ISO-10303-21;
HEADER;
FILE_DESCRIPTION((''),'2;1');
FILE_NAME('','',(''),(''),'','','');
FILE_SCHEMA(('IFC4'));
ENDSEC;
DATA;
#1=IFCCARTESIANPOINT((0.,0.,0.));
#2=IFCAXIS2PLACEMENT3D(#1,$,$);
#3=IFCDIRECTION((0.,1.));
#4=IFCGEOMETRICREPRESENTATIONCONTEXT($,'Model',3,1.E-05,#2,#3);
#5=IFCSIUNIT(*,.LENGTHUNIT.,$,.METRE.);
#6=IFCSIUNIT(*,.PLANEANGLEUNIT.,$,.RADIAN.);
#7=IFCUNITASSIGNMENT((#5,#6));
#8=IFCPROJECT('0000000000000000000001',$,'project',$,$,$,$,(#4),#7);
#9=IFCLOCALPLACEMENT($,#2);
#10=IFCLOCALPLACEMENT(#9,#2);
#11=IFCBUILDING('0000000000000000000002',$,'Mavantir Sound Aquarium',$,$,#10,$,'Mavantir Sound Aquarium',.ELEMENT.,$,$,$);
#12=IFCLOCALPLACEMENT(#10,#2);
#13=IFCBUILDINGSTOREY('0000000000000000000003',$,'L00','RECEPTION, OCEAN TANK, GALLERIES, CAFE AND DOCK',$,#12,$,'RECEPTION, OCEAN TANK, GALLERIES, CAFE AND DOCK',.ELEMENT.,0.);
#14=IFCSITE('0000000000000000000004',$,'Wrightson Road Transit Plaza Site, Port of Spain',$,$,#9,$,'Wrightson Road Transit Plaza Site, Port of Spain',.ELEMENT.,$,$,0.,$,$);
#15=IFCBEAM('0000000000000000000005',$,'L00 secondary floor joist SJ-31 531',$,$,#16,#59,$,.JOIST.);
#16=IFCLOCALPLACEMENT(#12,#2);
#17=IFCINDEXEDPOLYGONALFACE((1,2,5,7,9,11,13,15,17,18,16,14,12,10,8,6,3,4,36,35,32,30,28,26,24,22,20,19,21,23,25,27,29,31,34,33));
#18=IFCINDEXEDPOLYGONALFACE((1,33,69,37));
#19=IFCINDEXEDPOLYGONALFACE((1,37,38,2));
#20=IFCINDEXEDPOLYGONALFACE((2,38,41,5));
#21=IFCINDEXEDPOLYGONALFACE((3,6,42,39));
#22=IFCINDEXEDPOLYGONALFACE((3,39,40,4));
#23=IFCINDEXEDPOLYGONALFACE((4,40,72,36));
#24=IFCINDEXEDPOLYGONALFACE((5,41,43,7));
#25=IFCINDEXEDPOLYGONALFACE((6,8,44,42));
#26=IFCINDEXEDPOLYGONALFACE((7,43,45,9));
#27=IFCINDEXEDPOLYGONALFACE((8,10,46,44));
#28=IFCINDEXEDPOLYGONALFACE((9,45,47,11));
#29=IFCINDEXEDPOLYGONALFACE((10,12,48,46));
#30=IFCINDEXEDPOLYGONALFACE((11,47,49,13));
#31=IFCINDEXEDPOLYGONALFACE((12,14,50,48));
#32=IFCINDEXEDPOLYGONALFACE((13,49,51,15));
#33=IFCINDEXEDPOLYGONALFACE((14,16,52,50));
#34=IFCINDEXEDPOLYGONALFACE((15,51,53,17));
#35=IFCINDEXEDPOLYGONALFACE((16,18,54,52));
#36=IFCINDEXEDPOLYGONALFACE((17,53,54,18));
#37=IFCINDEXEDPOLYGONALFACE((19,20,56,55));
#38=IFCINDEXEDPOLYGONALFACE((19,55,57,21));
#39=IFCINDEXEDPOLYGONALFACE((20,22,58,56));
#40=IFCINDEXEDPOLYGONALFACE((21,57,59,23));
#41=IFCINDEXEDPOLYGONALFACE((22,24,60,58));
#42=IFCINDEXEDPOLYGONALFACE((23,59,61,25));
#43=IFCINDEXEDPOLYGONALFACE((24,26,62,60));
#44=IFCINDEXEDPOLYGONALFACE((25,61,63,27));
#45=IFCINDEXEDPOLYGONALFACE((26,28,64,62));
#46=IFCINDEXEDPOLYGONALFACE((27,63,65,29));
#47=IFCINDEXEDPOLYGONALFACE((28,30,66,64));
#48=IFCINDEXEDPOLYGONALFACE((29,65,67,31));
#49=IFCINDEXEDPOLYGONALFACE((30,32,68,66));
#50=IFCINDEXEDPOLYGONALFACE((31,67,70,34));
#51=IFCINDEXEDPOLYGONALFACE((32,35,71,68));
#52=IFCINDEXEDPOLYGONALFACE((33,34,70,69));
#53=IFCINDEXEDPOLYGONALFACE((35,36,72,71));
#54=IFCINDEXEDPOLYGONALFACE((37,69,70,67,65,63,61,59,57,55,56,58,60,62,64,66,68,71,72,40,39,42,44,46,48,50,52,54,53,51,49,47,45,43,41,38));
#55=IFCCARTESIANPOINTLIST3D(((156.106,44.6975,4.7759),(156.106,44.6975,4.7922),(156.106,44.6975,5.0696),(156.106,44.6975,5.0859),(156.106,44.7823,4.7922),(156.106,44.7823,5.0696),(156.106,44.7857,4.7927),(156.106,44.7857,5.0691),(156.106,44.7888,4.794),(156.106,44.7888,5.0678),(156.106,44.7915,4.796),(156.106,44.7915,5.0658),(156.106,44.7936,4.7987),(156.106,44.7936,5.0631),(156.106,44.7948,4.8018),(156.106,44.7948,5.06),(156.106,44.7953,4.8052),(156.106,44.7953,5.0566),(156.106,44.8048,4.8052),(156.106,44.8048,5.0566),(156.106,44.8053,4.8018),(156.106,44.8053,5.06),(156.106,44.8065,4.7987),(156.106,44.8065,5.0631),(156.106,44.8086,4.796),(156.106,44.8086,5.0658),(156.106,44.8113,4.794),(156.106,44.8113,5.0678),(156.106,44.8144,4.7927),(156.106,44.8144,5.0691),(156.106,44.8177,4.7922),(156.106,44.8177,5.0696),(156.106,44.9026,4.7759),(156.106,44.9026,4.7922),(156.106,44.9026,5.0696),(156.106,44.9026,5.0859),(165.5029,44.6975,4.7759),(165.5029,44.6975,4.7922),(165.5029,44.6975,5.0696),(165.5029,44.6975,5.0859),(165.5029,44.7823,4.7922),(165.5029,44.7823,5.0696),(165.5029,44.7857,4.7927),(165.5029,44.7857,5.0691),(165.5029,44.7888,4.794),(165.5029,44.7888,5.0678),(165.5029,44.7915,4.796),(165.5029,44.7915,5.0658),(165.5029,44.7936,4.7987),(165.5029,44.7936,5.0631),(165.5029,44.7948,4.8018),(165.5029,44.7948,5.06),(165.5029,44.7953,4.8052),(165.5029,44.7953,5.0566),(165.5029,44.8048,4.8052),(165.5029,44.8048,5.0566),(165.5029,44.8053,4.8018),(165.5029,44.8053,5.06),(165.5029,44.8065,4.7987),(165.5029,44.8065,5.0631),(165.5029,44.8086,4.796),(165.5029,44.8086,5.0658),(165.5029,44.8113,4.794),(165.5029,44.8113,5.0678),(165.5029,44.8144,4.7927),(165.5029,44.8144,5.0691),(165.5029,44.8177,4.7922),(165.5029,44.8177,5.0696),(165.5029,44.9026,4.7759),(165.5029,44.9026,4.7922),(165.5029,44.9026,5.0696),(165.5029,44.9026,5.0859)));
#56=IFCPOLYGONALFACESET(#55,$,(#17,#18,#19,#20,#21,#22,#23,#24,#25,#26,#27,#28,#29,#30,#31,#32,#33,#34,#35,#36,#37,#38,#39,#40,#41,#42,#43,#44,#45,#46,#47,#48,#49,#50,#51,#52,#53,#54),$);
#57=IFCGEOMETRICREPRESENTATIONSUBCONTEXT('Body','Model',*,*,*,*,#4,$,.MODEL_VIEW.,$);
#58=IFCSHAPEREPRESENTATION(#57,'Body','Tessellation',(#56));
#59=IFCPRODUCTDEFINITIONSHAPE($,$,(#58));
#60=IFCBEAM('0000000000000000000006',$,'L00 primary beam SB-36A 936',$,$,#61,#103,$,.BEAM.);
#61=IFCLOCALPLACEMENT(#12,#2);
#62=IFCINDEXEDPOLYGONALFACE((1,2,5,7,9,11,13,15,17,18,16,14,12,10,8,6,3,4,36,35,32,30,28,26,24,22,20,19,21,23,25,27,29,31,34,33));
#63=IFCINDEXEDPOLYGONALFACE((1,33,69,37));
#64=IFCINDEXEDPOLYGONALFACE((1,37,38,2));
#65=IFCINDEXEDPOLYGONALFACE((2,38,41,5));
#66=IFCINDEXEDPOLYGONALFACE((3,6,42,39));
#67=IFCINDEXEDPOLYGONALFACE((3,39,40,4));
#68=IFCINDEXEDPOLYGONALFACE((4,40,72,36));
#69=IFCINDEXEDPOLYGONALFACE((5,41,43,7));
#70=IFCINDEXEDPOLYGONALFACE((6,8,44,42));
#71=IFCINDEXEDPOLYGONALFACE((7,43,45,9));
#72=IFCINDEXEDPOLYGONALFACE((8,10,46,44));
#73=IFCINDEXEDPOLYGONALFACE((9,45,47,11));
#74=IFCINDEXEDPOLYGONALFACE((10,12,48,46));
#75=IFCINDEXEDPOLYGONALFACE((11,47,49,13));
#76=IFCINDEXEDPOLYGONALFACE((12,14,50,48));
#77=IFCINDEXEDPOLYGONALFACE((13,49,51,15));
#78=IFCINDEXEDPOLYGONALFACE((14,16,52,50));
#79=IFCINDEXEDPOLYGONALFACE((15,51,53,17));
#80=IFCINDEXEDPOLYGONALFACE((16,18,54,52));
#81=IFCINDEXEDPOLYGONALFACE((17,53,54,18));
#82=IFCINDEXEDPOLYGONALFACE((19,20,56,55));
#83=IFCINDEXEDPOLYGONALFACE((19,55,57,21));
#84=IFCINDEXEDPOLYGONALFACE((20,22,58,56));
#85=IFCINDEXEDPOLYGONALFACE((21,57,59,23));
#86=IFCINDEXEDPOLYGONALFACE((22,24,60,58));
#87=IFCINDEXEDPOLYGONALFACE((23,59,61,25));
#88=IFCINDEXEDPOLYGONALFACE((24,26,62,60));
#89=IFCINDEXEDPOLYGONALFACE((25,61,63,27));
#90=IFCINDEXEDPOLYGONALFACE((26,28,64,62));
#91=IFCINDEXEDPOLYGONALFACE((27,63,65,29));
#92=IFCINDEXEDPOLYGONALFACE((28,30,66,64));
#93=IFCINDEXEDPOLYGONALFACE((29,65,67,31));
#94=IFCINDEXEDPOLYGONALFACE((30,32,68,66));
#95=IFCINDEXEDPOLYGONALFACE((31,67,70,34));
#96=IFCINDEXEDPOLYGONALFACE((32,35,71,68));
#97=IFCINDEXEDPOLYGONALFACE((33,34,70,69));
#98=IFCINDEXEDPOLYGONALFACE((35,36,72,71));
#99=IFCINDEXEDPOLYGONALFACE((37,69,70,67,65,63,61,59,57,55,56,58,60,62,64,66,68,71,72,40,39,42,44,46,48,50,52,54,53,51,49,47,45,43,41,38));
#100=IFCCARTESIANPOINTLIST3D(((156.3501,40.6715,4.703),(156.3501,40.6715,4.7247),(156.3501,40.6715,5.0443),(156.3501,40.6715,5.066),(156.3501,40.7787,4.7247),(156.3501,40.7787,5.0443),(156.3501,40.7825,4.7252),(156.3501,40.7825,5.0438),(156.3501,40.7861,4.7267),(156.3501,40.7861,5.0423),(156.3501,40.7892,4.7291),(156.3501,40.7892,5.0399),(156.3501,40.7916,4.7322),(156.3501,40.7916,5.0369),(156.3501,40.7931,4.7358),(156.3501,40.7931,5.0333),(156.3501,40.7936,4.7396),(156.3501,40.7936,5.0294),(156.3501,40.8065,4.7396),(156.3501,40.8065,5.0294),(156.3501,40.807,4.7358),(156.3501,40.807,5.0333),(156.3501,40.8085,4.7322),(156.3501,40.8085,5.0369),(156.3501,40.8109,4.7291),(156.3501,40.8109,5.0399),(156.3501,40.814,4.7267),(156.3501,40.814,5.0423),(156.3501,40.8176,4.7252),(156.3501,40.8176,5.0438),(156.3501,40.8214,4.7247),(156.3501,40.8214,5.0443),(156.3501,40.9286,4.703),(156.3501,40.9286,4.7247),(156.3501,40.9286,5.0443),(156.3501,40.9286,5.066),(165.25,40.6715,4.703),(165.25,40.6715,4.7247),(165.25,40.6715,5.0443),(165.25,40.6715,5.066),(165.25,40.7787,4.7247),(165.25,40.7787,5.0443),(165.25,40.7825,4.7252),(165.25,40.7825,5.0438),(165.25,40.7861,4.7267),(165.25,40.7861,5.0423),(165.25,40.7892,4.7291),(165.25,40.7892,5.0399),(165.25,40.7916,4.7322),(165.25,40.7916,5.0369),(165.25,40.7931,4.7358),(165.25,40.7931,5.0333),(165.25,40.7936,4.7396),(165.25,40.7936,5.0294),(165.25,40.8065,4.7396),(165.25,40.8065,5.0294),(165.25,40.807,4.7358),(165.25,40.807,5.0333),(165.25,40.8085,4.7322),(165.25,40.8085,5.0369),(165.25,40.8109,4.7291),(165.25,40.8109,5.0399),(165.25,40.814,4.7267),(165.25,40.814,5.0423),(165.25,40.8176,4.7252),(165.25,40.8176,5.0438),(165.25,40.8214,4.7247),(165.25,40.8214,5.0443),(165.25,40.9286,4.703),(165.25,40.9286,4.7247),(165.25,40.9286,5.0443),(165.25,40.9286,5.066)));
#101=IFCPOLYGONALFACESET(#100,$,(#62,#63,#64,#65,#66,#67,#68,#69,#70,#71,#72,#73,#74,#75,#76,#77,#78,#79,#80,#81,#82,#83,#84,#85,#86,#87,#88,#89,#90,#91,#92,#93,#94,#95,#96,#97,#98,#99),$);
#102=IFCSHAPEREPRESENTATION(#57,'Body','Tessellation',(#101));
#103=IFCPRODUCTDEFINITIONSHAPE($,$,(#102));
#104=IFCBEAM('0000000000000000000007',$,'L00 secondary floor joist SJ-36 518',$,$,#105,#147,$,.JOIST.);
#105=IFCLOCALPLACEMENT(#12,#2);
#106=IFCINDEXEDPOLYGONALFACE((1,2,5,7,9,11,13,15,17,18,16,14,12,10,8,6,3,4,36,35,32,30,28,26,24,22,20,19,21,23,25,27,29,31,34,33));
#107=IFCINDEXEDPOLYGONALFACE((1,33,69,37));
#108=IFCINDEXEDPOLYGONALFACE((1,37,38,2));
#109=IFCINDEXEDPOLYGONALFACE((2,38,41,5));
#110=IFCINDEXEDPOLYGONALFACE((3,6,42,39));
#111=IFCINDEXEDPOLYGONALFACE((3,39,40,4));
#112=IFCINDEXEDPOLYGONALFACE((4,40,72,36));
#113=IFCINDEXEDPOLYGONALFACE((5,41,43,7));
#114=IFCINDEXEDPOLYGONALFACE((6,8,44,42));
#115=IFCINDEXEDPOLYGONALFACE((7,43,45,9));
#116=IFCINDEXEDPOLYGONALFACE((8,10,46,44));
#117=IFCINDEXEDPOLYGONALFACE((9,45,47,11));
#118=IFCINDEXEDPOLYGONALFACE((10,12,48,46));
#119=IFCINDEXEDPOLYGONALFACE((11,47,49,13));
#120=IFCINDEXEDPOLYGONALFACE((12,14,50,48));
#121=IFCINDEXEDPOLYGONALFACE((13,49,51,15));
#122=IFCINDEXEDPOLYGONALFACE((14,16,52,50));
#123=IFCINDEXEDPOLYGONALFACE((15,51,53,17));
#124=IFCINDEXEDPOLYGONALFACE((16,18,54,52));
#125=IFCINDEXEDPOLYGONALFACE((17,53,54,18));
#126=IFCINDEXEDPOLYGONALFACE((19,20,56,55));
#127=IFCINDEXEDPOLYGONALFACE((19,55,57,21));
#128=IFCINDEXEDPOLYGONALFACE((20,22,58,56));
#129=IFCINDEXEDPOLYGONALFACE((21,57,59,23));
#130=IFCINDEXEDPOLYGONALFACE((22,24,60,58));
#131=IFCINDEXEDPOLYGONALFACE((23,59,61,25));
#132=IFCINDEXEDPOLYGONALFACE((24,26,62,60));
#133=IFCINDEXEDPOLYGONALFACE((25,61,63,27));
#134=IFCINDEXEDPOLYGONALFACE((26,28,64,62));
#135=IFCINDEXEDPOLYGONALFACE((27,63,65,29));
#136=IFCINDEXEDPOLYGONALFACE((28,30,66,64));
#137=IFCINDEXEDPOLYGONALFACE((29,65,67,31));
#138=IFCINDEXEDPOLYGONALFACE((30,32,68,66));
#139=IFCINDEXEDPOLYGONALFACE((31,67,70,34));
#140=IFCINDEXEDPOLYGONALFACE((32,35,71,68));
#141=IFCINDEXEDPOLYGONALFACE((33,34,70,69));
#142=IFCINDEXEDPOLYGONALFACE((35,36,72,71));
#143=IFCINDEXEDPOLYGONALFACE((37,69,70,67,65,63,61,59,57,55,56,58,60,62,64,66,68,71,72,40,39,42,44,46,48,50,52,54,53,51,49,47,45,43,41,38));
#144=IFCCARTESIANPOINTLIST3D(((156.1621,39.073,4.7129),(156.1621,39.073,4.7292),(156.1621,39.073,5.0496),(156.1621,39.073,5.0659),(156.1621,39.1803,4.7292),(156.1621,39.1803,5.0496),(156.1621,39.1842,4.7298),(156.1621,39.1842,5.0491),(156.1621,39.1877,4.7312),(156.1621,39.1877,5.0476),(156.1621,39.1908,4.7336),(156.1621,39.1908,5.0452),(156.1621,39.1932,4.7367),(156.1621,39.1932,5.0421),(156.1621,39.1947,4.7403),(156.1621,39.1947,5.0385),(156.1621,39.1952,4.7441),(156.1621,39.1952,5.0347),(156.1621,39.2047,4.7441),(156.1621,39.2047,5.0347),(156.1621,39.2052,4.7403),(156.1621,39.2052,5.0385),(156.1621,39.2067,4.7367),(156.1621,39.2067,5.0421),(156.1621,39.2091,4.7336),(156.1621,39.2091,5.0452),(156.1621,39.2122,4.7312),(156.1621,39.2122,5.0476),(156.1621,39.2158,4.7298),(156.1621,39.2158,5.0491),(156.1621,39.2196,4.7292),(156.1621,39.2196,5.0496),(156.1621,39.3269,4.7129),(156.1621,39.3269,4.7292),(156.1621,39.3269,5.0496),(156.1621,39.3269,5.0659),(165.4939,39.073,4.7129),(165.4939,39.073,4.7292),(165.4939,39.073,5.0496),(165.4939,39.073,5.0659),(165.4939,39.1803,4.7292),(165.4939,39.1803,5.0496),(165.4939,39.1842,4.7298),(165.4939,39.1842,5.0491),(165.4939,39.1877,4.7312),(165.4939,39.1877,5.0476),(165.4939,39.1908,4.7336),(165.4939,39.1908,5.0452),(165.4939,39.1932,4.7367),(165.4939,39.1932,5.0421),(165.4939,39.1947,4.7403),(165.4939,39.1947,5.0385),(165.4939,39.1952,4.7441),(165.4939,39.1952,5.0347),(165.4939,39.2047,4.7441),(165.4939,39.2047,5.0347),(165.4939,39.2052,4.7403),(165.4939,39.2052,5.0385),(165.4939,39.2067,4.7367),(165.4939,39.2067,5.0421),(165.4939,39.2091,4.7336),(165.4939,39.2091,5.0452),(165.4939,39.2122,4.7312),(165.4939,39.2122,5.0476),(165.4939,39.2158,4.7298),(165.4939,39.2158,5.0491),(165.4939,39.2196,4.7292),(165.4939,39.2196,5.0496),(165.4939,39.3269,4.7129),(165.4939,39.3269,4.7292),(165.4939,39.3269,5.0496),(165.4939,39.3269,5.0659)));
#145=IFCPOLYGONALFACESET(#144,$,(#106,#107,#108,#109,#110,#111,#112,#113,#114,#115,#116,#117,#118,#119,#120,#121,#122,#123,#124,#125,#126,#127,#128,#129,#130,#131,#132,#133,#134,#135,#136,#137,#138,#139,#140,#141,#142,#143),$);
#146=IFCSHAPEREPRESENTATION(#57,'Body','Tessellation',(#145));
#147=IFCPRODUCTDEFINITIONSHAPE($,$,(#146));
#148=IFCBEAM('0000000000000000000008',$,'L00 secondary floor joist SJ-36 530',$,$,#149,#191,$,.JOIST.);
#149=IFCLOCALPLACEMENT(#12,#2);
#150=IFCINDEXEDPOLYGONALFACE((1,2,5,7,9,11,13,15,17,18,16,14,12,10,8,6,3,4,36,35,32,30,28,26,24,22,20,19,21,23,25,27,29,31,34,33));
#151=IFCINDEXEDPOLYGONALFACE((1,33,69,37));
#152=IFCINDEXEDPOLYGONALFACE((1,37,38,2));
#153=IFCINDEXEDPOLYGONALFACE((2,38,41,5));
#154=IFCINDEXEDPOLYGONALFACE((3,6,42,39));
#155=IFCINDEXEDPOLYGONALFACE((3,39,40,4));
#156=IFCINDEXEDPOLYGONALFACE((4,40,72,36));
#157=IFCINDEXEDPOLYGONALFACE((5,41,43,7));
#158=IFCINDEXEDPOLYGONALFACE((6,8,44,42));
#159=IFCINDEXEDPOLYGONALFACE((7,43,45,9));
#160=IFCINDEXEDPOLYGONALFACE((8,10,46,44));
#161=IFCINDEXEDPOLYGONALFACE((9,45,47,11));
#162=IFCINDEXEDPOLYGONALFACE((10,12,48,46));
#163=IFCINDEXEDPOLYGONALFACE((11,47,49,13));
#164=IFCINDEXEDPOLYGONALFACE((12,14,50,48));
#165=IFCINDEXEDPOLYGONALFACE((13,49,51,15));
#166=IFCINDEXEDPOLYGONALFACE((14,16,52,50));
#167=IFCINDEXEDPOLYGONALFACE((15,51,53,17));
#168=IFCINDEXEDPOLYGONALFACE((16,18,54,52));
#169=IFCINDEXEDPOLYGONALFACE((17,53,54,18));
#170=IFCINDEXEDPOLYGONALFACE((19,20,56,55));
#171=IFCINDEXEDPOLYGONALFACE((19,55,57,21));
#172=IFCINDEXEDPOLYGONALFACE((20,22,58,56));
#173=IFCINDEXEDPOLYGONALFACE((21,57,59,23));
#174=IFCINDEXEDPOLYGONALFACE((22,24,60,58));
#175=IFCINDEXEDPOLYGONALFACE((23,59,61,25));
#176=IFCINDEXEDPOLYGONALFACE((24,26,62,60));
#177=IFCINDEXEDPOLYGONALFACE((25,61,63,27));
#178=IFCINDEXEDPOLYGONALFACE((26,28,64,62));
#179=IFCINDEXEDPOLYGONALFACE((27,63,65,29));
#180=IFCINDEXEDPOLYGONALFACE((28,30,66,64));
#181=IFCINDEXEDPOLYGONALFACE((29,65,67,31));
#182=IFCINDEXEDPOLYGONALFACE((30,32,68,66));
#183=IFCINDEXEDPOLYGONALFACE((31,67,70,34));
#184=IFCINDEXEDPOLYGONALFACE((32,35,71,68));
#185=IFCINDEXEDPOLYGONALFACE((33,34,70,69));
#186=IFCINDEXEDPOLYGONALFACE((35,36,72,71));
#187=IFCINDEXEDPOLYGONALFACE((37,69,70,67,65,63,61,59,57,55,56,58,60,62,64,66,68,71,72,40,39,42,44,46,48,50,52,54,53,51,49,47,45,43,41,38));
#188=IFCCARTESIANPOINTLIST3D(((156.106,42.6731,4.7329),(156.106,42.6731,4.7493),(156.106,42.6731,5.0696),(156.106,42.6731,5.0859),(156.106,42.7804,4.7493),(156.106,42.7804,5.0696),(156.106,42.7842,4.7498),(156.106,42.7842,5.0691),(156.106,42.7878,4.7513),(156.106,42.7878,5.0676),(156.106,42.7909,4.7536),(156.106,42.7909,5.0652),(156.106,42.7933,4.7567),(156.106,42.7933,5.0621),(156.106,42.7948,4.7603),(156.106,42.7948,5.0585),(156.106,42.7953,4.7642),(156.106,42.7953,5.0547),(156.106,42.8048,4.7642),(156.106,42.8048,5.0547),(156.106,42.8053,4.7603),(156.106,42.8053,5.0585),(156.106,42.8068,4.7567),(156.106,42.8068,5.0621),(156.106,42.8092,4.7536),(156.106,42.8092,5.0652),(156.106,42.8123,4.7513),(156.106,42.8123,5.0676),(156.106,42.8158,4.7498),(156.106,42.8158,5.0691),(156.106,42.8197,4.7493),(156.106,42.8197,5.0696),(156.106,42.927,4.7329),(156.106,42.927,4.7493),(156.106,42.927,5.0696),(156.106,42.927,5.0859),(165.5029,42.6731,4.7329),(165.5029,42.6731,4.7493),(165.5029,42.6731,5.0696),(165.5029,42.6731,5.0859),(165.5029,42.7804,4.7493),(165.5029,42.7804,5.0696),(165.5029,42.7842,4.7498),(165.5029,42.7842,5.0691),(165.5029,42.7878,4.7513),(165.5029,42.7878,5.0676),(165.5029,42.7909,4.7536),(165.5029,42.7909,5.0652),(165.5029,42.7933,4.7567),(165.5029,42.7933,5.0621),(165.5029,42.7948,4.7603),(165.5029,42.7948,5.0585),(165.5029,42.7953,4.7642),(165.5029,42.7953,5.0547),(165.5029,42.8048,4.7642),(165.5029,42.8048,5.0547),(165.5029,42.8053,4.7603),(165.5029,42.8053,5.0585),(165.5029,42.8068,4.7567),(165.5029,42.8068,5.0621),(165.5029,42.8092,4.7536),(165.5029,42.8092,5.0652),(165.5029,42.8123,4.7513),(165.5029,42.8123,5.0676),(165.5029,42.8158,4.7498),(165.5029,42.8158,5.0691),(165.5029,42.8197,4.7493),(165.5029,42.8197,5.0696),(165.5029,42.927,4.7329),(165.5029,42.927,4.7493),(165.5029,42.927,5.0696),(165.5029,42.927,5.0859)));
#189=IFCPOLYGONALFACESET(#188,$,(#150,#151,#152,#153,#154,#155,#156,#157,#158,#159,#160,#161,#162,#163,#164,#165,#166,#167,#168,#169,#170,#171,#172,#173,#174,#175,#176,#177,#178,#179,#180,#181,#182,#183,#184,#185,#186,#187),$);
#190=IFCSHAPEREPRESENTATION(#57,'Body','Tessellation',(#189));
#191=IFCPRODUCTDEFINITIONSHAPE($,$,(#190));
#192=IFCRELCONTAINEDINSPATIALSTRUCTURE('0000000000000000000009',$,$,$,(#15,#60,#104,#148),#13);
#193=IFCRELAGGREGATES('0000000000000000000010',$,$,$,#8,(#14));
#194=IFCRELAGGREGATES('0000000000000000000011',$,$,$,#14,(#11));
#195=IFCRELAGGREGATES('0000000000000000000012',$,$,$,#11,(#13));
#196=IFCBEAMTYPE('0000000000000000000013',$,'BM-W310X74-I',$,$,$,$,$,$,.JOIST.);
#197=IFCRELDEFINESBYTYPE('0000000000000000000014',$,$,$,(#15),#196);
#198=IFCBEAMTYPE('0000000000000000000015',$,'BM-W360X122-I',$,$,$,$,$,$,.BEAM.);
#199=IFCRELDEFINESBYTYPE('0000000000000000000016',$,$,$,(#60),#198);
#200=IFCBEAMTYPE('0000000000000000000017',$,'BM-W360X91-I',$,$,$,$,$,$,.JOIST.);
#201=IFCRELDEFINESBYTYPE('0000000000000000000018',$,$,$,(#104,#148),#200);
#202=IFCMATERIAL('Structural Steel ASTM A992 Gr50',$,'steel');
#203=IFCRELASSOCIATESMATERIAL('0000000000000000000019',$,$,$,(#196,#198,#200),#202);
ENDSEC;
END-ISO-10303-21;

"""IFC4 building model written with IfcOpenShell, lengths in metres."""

from ifc_helpers import new_model, si_unit, direction, frame, origin, origin_2d, place, context, subcontext, project, spatial, i_section, extrude, material, material_profile, profile_set, type_object, element, save


model = new_model("IFC4")

# Units and contexts
model_context = context("Model", 3, precision=1e-05, world=origin(), true_north=direction((0.0, 1.0)))
body_context = subcontext(model_context, "Body", "Model", "MODEL_VIEW")
ifc_project = project(units=[si_unit("LENGTHUNIT", "METRE"), si_unit("PLANEANGLEUNIT", "RADIAN")], contexts=[model_context])

# Site, building, storey
site_placement = place(None, origin())
site = spatial("IfcSite", under=ifc_project, at=site_placement, Name="Wrightson Road Transit Plaza Site, Port of Spain", LongName="Wrightson Road Transit Plaza Site, Port of Spain", CompositionType="ELEMENT", RefElevation=0.0)
building_placement = place(site_placement, origin())
building = spatial("IfcBuilding", under=site, at=building_placement, Name="Mavantir Sound Aquarium", LongName="Mavantir Sound Aquarium", CompositionType="ELEMENT")
storey_placement = place(building_placement, origin())
storey = spatial("IfcBuildingStorey", under=building, at=storey_placement, Name="L00", Description="RECEPTION, OCEAN TANK, GALLERIES, CAFE AND DOCK", LongName="RECEPTION, OCEAN TANK, GALLERIES, CAFE AND DOCK", CompositionType="ELEMENT", Elevation=0.0)

# Beams
ifc_material_1 = material(Name="Structural Steel ASTM A992 Gr50", Category="steel")
ifc_material_profile_1 = material_profile(ifc_material_1, i_section(OverallWidth=0.2051, OverallDepth=0.3101, WebThickness=0.0095, FlangeThickness=0.0164, FilletRadius=0.0129, at=origin_2d()), Name="W310X74")
ifc_profile_set_1 = profile_set([ifc_material_profile_1], Name="Structural Steel ASTM A992 Gr50")
beam_type_1 = type_object("IfcBeamType", Name="BM-W310X74-I", PredefinedType="JOIST", material=ifc_profile_set_1)
beam_1_placement = place(storey_placement, frame((156.106, 44.8, 4.9309), z_axis=(1.0, 0.0, 0.0), x_axis=(0.0, 1.0, 0.0)))
element("IfcBeam", 1, at=beam_1_placement, inside=storey, type_object=beam_type_1, Name="L00 secondary floor joist SJ-31 531", PredefinedType="JOIST", context=body_context, shape_type="SweptSolid", body=[
    extrude(i_section(OverallWidth=0.2051, OverallDepth=0.3101, WebThickness=0.0095, FlangeThickness=0.0164, FilletRadius=0.0129, at=origin_2d()), origin(), (0.0, 0.0, 1.0), 9.397),
])
ifc_material_profile_2 = material_profile(ifc_material_1, i_section(OverallWidth=0.2571, OverallDepth=0.363, WebThickness=0.0129, FlangeThickness=0.0217, FilletRadius=0.0149, at=origin_2d()), Name="W360X122")
ifc_profile_set_2 = profile_set([ifc_material_profile_2], Name="Structural Steel ASTM A992 Gr50")
beam_type_2 = type_object("IfcBeamType", Name="BM-W360X122-I", PredefinedType="BEAM", material=ifc_profile_set_2)
beam_2_placement = place(storey_placement, frame((156.3501, 40.8, 4.8845), z_axis=(1.0, 0.0, 0.0), x_axis=(0.0, 1.0, 0.0)))
element("IfcBeam", 2, at=beam_2_placement, inside=storey, type_object=beam_type_2, Name="L00 primary beam SB-36A 936", PredefinedType="BEAM", context=body_context, shape_type="SweptSolid", body=[
    extrude(i_section(OverallWidth=0.2571, OverallDepth=0.363, WebThickness=0.0129, FlangeThickness=0.0217, FilletRadius=0.0149, at=origin_2d()), origin(), (0.0, 0.0, 1.0), 8.8999),
])
ifc_material_profile_3 = material_profile(ifc_material_1, i_section(OverallWidth=0.2539, OverallDepth=0.353, WebThickness=0.0095, FlangeThickness=0.0164, FilletRadius=0.0149, at=origin_2d()), Name="W360X91")
ifc_profile_set_3 = profile_set([ifc_material_profile_3], Name="Structural Steel ASTM A992 Gr50")
beam_type_3 = type_object("IfcBeamType", Name="BM-W360X91-I", PredefinedType="JOIST", material=ifc_profile_set_3)
beam_3_placement = place(storey_placement, frame((156.1621, 39.2, 4.8894), z_axis=(1.0, 0.0, 0.0), x_axis=(0.0, 1.0, 0.0)))
element("IfcBeam", 3, at=beam_3_placement, inside=storey, type_object=beam_type_3, Name="L00 secondary floor joist SJ-36 518", PredefinedType="JOIST", context=body_context, shape_type="SweptSolid", body=[
    extrude(i_section(OverallWidth=0.2539, OverallDepth=0.353, WebThickness=0.0095, FlangeThickness=0.0164, FilletRadius=0.0149, at=origin_2d()), origin(), (0.0, 0.0, 1.0), 9.3318),
])
beam_4_placement = place(storey_placement, frame((156.106, 42.8, 4.9094), z_axis=(1.0, 0.0, 0.0), x_axis=(0.0, 1.0, 0.0)))
element("IfcBeam", 4, at=beam_4_placement, inside=storey, type_object=beam_type_3, Name="L00 secondary floor joist SJ-36 530", PredefinedType="JOIST", context=body_context, shape_type="SweptSolid", body=[
    extrude(i_section(OverallWidth=0.2539, OverallDepth=0.353, WebThickness=0.0095, FlangeThickness=0.0164, FilletRadius=0.0149, at=origin_2d()), origin(), (0.0, 0.0, 1.0), 9.397),
])

save(model, "model.ifc")
